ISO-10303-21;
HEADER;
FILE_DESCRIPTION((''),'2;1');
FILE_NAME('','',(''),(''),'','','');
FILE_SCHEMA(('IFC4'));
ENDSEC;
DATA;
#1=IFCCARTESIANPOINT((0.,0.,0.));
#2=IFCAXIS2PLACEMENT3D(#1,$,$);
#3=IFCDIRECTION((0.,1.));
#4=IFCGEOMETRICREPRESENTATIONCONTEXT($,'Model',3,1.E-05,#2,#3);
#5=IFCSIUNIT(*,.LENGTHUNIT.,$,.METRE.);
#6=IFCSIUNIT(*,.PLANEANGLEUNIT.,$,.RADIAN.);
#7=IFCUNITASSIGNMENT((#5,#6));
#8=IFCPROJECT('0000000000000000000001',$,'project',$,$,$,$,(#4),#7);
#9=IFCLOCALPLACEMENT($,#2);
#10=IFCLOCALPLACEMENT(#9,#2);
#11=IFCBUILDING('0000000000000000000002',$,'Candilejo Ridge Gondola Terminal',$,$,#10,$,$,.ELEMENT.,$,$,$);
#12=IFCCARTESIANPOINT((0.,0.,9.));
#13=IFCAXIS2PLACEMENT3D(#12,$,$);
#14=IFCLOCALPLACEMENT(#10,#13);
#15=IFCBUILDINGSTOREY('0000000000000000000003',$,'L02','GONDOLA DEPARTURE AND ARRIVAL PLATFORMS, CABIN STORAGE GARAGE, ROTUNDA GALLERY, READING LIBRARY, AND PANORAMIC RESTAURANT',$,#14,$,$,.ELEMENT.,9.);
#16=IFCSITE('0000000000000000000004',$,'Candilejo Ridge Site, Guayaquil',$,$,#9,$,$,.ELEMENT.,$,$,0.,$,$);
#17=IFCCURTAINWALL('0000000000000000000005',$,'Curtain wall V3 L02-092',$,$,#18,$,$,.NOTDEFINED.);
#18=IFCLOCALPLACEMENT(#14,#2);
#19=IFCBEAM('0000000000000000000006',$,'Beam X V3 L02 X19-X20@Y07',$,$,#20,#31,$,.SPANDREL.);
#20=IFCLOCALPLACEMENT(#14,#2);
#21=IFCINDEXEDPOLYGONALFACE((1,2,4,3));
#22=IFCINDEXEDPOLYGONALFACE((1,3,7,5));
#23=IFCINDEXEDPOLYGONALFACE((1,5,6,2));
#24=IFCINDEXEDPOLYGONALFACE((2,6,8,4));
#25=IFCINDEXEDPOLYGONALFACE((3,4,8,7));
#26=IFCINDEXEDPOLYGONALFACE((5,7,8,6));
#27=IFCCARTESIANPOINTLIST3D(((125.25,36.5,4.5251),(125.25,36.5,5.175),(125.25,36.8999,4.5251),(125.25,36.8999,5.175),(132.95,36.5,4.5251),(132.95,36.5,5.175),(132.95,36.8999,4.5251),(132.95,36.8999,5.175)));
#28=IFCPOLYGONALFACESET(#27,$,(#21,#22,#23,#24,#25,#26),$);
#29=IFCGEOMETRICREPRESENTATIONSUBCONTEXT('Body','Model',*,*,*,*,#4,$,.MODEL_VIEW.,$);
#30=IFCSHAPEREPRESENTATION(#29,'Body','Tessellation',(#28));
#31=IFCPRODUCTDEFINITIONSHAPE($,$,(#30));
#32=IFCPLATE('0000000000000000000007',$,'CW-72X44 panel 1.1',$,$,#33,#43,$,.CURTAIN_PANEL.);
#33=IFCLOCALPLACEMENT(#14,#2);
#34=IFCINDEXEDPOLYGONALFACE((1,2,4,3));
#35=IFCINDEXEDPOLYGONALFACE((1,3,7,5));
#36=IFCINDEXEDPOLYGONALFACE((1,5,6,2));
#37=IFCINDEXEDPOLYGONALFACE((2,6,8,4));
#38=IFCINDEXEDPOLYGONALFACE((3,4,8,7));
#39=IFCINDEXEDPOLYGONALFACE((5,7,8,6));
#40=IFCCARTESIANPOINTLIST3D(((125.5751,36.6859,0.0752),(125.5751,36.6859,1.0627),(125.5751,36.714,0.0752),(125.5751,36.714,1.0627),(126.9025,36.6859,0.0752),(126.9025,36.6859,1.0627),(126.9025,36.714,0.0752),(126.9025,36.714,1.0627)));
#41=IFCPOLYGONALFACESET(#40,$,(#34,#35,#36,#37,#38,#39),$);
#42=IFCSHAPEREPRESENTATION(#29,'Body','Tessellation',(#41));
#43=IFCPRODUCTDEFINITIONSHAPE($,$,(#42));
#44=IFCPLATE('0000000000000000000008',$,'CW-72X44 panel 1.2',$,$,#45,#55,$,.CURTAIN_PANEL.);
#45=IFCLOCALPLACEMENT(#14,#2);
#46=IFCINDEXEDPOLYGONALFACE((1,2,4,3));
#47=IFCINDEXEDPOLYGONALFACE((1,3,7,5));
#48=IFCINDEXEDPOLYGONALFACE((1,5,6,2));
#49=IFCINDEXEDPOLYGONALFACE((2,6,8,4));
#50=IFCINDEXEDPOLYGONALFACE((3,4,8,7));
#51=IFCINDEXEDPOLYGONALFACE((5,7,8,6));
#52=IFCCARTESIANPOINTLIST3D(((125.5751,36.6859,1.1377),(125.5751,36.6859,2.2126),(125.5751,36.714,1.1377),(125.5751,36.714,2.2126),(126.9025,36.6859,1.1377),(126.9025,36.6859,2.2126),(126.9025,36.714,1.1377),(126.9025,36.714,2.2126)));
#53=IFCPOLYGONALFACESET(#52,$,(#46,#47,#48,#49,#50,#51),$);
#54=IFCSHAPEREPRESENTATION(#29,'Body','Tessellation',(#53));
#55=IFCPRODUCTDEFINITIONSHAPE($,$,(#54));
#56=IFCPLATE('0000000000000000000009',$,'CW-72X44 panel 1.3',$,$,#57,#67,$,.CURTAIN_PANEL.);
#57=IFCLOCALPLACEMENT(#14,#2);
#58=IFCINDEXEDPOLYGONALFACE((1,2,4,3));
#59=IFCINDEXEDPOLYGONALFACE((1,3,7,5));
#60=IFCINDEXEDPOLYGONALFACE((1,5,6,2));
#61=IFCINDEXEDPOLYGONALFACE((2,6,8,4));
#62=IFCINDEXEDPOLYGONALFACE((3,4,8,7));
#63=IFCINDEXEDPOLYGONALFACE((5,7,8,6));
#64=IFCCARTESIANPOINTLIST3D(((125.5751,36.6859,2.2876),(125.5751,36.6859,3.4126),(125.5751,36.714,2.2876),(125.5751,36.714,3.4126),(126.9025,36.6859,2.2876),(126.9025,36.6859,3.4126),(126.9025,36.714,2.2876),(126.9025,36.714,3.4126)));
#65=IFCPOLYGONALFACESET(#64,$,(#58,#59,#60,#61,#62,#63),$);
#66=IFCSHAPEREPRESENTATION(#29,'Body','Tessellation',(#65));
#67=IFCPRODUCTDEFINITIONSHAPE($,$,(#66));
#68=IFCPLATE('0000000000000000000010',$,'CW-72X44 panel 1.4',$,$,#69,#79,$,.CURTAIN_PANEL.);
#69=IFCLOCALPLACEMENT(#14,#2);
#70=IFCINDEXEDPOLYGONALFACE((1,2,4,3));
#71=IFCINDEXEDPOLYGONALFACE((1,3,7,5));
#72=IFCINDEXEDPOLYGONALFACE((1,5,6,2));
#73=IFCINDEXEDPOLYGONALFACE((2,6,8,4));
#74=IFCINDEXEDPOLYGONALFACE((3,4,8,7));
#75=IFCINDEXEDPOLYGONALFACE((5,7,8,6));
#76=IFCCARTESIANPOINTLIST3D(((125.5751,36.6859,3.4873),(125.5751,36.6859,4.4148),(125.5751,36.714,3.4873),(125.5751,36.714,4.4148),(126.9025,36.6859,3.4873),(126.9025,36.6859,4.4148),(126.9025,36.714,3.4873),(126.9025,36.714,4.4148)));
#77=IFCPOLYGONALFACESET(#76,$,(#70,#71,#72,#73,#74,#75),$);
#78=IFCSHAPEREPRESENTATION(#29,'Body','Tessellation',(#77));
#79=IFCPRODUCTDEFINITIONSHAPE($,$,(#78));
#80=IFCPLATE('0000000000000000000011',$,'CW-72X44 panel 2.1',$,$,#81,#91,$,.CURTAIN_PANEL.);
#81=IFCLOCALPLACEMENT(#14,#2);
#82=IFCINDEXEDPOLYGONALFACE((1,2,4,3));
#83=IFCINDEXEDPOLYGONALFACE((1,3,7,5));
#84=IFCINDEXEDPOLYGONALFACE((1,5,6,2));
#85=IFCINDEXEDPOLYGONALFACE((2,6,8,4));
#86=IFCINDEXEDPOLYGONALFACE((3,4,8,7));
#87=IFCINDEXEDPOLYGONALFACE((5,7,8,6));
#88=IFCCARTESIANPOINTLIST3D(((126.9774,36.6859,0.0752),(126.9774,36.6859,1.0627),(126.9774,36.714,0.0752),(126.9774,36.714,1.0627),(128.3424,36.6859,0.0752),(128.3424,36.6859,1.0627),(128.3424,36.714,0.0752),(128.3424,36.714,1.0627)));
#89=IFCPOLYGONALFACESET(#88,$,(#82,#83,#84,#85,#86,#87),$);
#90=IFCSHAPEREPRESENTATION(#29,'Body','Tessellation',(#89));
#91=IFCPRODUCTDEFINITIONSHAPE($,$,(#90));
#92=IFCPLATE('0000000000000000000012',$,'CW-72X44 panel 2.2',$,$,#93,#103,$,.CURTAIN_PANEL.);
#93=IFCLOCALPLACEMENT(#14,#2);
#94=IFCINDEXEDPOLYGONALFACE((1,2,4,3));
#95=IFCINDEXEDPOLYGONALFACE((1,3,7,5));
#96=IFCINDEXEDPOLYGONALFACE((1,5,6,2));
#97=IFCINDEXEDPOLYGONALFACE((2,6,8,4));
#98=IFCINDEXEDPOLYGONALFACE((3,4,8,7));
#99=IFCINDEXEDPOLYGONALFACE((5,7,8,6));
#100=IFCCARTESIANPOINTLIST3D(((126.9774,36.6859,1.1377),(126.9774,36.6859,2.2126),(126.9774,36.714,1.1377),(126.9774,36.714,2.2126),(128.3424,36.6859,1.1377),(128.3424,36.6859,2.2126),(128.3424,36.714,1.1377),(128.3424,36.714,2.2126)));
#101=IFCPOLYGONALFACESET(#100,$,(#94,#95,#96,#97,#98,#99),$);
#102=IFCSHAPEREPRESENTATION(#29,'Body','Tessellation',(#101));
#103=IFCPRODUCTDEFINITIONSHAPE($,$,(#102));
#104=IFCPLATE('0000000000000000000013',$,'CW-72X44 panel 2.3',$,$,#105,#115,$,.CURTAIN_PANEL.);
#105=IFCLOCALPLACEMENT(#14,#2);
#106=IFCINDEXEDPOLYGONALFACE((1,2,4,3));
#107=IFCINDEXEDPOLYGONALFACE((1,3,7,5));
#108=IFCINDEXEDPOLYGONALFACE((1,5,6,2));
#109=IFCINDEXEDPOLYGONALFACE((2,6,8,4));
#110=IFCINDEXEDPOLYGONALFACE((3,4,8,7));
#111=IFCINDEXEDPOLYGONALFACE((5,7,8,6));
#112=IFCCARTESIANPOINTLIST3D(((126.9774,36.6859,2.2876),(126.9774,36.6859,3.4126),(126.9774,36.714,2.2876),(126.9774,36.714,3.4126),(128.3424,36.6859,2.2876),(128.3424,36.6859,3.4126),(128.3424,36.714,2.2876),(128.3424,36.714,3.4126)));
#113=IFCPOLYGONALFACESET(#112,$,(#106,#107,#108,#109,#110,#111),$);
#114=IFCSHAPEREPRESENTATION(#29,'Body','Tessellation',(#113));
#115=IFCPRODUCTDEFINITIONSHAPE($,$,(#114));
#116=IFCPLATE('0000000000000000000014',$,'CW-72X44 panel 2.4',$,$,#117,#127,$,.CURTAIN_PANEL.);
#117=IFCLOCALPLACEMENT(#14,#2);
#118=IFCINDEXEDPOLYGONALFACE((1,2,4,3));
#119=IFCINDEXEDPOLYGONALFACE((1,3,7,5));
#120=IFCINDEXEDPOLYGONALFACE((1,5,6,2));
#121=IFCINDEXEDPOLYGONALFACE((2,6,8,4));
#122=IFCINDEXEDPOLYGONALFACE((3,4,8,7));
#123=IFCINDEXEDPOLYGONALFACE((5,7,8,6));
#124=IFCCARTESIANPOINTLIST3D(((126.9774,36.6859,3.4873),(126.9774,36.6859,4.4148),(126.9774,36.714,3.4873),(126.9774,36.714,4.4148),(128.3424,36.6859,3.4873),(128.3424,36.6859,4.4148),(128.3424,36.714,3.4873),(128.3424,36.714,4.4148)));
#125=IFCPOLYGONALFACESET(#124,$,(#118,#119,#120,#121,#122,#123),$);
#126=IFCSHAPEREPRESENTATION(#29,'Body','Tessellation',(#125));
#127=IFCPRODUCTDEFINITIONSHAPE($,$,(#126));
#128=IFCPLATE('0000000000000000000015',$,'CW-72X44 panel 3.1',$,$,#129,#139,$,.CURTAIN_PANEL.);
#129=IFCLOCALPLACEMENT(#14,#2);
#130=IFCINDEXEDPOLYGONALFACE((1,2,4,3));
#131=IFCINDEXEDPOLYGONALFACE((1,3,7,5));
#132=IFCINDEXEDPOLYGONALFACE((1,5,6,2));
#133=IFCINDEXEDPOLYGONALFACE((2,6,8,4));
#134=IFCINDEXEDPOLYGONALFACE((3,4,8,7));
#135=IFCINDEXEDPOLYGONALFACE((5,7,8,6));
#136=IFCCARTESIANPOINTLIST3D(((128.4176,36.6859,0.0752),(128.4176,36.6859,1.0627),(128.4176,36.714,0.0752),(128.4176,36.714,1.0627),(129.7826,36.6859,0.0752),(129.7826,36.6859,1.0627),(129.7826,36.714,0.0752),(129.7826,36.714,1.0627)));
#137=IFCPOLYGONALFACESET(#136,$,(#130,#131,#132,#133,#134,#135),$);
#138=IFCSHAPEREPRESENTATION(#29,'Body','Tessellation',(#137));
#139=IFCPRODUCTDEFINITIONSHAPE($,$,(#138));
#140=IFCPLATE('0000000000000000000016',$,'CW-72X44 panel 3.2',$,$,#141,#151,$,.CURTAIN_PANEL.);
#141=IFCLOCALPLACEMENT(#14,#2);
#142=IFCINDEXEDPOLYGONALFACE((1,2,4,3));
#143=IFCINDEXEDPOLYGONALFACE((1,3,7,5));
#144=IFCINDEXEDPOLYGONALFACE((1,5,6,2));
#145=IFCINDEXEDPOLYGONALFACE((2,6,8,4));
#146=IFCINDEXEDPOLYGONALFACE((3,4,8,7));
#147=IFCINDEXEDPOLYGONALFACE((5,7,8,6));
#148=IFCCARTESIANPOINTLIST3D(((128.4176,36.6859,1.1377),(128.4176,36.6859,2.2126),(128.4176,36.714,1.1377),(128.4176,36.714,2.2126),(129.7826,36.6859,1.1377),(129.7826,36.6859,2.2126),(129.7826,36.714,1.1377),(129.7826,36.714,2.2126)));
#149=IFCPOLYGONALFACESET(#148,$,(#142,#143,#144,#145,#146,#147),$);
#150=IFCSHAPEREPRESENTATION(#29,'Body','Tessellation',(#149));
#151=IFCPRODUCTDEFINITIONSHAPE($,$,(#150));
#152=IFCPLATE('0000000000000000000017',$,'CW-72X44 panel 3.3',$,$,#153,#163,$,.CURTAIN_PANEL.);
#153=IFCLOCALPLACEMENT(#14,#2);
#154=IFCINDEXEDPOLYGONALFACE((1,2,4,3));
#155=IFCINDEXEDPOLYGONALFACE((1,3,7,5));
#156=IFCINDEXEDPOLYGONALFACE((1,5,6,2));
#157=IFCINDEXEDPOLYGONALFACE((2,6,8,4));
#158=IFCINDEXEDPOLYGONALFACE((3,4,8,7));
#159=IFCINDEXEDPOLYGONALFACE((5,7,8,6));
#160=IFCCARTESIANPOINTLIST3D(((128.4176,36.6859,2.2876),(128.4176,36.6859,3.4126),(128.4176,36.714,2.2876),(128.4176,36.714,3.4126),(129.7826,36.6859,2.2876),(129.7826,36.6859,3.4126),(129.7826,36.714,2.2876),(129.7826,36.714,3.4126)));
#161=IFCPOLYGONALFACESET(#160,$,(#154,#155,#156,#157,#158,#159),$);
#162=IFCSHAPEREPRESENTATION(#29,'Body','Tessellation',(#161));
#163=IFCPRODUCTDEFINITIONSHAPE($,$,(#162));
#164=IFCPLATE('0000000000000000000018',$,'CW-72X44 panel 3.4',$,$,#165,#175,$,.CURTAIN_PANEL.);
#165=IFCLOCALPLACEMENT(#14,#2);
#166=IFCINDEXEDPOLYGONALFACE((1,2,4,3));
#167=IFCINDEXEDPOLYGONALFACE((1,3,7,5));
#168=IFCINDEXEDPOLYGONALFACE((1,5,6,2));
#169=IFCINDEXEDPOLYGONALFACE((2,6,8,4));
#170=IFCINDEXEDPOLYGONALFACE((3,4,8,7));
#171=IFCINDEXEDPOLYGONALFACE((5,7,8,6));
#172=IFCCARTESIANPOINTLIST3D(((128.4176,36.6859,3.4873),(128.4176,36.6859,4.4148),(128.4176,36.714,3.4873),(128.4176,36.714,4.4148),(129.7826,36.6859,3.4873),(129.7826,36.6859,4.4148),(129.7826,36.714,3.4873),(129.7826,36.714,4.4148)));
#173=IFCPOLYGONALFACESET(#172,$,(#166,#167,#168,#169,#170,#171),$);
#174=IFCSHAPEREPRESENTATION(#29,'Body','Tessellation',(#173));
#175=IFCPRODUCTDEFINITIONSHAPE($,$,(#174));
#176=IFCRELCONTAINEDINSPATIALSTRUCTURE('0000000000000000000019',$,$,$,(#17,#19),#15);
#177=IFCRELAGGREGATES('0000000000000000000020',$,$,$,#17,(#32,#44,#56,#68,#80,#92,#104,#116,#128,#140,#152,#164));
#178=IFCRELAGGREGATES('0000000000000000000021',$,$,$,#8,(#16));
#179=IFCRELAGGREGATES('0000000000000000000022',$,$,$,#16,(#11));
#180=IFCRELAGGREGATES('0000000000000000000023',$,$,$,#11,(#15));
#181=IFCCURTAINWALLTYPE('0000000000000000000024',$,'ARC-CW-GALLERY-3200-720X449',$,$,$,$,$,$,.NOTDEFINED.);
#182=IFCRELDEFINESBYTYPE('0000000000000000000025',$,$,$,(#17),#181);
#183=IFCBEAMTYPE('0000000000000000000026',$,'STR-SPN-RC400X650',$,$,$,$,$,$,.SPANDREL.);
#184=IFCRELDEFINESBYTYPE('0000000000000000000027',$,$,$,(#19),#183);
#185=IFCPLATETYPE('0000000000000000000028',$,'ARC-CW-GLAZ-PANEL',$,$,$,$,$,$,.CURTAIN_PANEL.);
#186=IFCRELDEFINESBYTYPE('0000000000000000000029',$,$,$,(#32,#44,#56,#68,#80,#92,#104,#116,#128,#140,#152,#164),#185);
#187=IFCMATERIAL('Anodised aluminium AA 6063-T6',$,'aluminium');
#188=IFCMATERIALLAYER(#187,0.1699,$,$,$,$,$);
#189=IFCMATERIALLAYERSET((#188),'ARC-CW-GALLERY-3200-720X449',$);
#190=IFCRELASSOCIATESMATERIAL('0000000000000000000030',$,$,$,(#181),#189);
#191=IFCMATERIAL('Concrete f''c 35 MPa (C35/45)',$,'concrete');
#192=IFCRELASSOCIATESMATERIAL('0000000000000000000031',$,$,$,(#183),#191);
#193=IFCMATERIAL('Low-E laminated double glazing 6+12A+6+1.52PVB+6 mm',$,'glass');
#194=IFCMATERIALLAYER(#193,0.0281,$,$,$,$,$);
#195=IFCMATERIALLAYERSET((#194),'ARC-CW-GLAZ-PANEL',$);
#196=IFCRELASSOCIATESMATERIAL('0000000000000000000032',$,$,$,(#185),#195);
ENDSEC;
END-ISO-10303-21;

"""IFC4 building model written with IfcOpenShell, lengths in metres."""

from ifc_helpers import new_model, si_unit, direction, frame, origin, origin_2d, place, context, subcontext, project, spatial, rectangle, extrude, material, layer, layer_set, material_profile, profile_set, type_object, element, aggregate, save


model = new_model("IFC4")

# Units and contexts
model_context = context("Model", 3, precision=1e-05, world=origin(), true_north=direction((0.0, 1.0)))
body_context = subcontext(model_context, "Body", "Model", "MODEL_VIEW")
ifc_project = project(units=[si_unit("LENGTHUNIT", "METRE"), si_unit("PLANEANGLEUNIT", "RADIAN")], contexts=[model_context])

# Site, building, storey
site_placement = place(None, origin())
site = spatial("IfcSite", under=ifc_project, at=site_placement, Name="Candilejo Ridge Site, Guayaquil", CompositionType="ELEMENT", RefElevation=0.0)
building_placement = place(site_placement, origin())
building = spatial("IfcBuilding", under=site, at=building_placement, Name="Candilejo Ridge Gondola Terminal", CompositionType="ELEMENT")
storey_placement = place(building_placement, frame((0.0, 0.0, 9.0)))
storey = spatial("IfcBuildingStorey", under=building, at=storey_placement, Name="L02", Description="GONDOLA DEPARTURE AND ARRIVAL PLATFORMS, CABIN STORAGE GARAGE, ROTUNDA GALLERY, READING LIBRARY, AND PANORAMIC RESTAURANT", CompositionType="ELEMENT", Elevation=9.0)

# Curtain wall
ifc_material_1 = material(Name="Anodised aluminium AA 6063-T6", Category="aluminium")
ifc_layer_1 = layer(ifc_material_1, 0.1699)
ifc_layer_set_1 = layer_set([ifc_layer_1], Name="ARC-CW-GALLERY-3200-720X449")
curtain_wall_type = type_object("IfcCurtainWallType", Name="ARC-CW-GALLERY-3200-720X449", PredefinedType="NOTDEFINED", material=ifc_layer_set_1)
curtain_wall_placement = place(storey_placement, origin())
curtain_wall = element("IfcCurtainWall", 1, at=curtain_wall_placement, inside=storey, type_object=curtain_wall_type, Name="Curtain wall V3 L02-092", PredefinedType="NOTDEFINED")

# Beam
ifc_material_2 = material(Name="Concrete f'c 35 MPa (C35/45)", Category="concrete")
ifc_material_profile_1 = material_profile(ifc_material_2, rectangle(XDim=0.3999, YDim=0.6499, at=origin_2d()))
ifc_profile_set_1 = profile_set([ifc_material_profile_1], Name="Concrete f'c 35 MPa (C35/45)")
beam_type = type_object("IfcBeamType", Name="STR-SPN-RC400X650", PredefinedType="SPANDREL", material=ifc_profile_set_1)
beam_placement = place(storey_placement, frame((125.25, 36.7, 4.8501), z_axis=(1.0, 0.0, 0.0), x_axis=(0.0, 1.0, 0.0)))
element("IfcBeam", 2, at=beam_placement, inside=storey, type_object=beam_type, Name="Beam X V3 L02 X19-X20@Y07", PredefinedType="SPANDREL", context=body_context, shape_type="SweptSolid", body=[
    extrude(rectangle(XDim=0.3999, YDim=0.6499, at=origin_2d()), origin(), (0.0, 0.0, 1.0), 7.7),
])

# Plates
ifc_material_3 = material(Name="Low-E laminated double glazing 6+12A+6+1.52PVB+6 mm", Category="glass")
ifc_layer_2 = layer(ifc_material_3, 0.0281)
ifc_layer_set_2 = layer_set([ifc_layer_2], Name="ARC-CW-GLAZ-PANEL")
plate_type = type_object("IfcPlateType", Name="ARC-CW-GLAZ-PANEL", PredefinedType="CURTAIN_PANEL", material=ifc_layer_set_2)
plate_1_placement = place(storey_placement, frame((126.2388, 36.7, 0.0752), z_axis=(0.0, 0.0, 1.0), x_axis=(1.0, 0.0, 0.0)))
plate_1 = element("IfcPlate", 3, at=plate_1_placement, type_object=plate_type, Name="CW-72X44 panel 1.1", PredefinedType="CURTAIN_PANEL", context=body_context, shape_type="SweptSolid", body=[
    extrude(rectangle(XDim=1.3274, YDim=0.0281, at=origin_2d()), origin(), (0.0, 0.0, 1.0), 0.9875),
])
plate_2_placement = place(storey_placement, frame((126.2388, 36.7, 1.1377), z_axis=(0.0, 0.0, 1.0), x_axis=(1.0, 0.0, 0.0)))
plate_2 = element("IfcPlate", 4, at=plate_2_placement, type_object=plate_type, Name="CW-72X44 panel 1.2", PredefinedType="CURTAIN_PANEL", context=body_context, shape_type="SweptSolid", body=[
    extrude(rectangle(XDim=1.3274, YDim=0.0281, at=origin_2d()), origin(), (0.0, 0.0, 1.0), 1.075),
])
plate_3_placement = place(storey_placement, frame((126.2388, 36.7, 2.2876), z_axis=(0.0, 0.0, 1.0), x_axis=(1.0, 0.0, 0.0)))
plate_3 = element("IfcPlate", 5, at=plate_3_placement, type_object=plate_type, Name="CW-72X44 panel 1.3", PredefinedType="CURTAIN_PANEL", context=body_context, shape_type="SweptSolid", body=[
    extrude(rectangle(XDim=1.3274, YDim=0.0281, at=origin_2d()), origin(), (0.0, 0.0, 1.0), 1.125),
])
plate_4_placement = place(storey_placement, frame((126.2388, 36.7, 3.4873), z_axis=(0.0, 0.0, 1.0), x_axis=(1.0, 0.0, 0.0)))
plate_4 = element("IfcPlate", 6, at=plate_4_placement, type_object=plate_type, Name="CW-72X44 panel 1.4", PredefinedType="CURTAIN_PANEL", context=body_context, shape_type="SweptSolid", body=[
    extrude(rectangle(XDim=1.3274, YDim=0.0281, at=origin_2d()), origin(), (0.0, 0.0, 1.0), 0.9275),
])
plate_5_placement = place(storey_placement, frame((127.6599, 36.7, 0.0752), z_axis=(0.0, 0.0, 1.0), x_axis=(1.0, 0.0, 0.0)))
plate_5 = element("IfcPlate", 7, at=plate_5_placement, type_object=plate_type, Name="CW-72X44 panel 2.1", PredefinedType="CURTAIN_PANEL", context=body_context, shape_type="SweptSolid", body=[
    extrude(rectangle(XDim=1.365, YDim=0.0281, at=origin_2d()), origin(), (0.0, 0.0, 1.0), 0.9875),
])
plate_6_placement = place(storey_placement, frame((127.6599, 36.7, 1.1377), z_axis=(0.0, 0.0, 1.0), x_axis=(1.0, 0.0, 0.0)))
plate_6 = element("IfcPlate", 8, at=plate_6_placement, type_object=plate_type, Name="CW-72X44 panel 2.2", PredefinedType="CURTAIN_PANEL", context=body_context, shape_type="SweptSolid", body=[
    extrude(rectangle(XDim=1.365, YDim=0.0281, at=origin_2d()), origin(), (0.0, 0.0, 1.0), 1.075),
])
plate_7_placement = place(storey_placement, frame((127.6599, 36.7, 2.2876), z_axis=(0.0, 0.0, 1.0), x_axis=(1.0, 0.0, 0.0)))
plate_7 = element("IfcPlate", 9, at=plate_7_placement, type_object=plate_type, Name="CW-72X44 panel 2.3", PredefinedType="CURTAIN_PANEL", context=body_context, shape_type="SweptSolid", body=[
    extrude(rectangle(XDim=1.365, YDim=0.0281, at=origin_2d()), origin(), (0.0, 0.0, 1.0), 1.125),
])
plate_8_placement = place(storey_placement, frame((127.6599, 36.7, 3.4873), z_axis=(0.0, 0.0, 1.0), x_axis=(1.0, 0.0, 0.0)))
plate_8 = element("IfcPlate", 10, at=plate_8_placement, type_object=plate_type, Name="CW-72X44 panel 2.4", PredefinedType="CURTAIN_PANEL", context=body_context, shape_type="SweptSolid", body=[
    extrude(rectangle(XDim=1.365, YDim=0.0281, at=origin_2d()), origin(), (0.0, 0.0, 1.0), 0.9275),
])
plate_9_placement = place(storey_placement, frame((129.1001, 36.7, 0.0752), z_axis=(0.0, 0.0, 1.0), x_axis=(1.0, 0.0, 0.0)))
plate_9 = element("IfcPlate", 11, at=plate_9_placement, type_object=plate_type, Name="CW-72X44 panel 3.1", PredefinedType="CURTAIN_PANEL", context=body_context, shape_type="SweptSolid", body=[
    extrude(rectangle(XDim=1.365, YDim=0.0281, at=origin_2d()), origin(), (0.0, 0.0, 1.0), 0.9875),
])
plate_10_placement = place(storey_placement, frame((129.1001, 36.7, 1.1377), z_axis=(0.0, 0.0, 1.0), x_axis=(1.0, 0.0, 0.0)))
plate_10 = element("IfcPlate", 12, at=plate_10_placement, type_object=plate_type, Name="CW-72X44 panel 3.2", PredefinedType="CURTAIN_PANEL", context=body_context, shape_type="SweptSolid", body=[
    extrude(rectangle(XDim=1.365, YDim=0.0281, at=origin_2d()), origin(), (0.0, 0.0, 1.0), 1.075),
])
plate_11_placement = place(storey_placement, frame((129.1001, 36.7, 2.2876), z_axis=(0.0, 0.0, 1.0), x_axis=(1.0, 0.0, 0.0)))
plate_11 = element("IfcPlate", 13, at=plate_11_placement, type_object=plate_type, Name="CW-72X44 panel 3.3", PredefinedType="CURTAIN_PANEL", context=body_context, shape_type="SweptSolid", body=[
    extrude(rectangle(XDim=1.365, YDim=0.0281, at=origin_2d()), origin(), (0.0, 0.0, 1.0), 1.125),
])
plate_12_placement = place(storey_placement, frame((129.1001, 36.7, 3.4873), z_axis=(0.0, 0.0, 1.0), x_axis=(1.0, 0.0, 0.0)))
plate_12 = element("IfcPlate", 14, at=plate_12_placement, type_object=plate_type, Name="CW-72X44 panel 3.4", PredefinedType="CURTAIN_PANEL", context=body_context, shape_type="SweptSolid", body=[
    extrude(rectangle(XDim=1.365, YDim=0.0281, at=origin_2d()), origin(), (0.0, 0.0, 1.0), 0.9275),
])
aggregate(curtain_wall, [plate_1, plate_2, plate_3, plate_4, plate_5, plate_6, plate_7, plate_8, plate_9, plate_10, plate_11, plate_12])

save(model, "model.ifc")
